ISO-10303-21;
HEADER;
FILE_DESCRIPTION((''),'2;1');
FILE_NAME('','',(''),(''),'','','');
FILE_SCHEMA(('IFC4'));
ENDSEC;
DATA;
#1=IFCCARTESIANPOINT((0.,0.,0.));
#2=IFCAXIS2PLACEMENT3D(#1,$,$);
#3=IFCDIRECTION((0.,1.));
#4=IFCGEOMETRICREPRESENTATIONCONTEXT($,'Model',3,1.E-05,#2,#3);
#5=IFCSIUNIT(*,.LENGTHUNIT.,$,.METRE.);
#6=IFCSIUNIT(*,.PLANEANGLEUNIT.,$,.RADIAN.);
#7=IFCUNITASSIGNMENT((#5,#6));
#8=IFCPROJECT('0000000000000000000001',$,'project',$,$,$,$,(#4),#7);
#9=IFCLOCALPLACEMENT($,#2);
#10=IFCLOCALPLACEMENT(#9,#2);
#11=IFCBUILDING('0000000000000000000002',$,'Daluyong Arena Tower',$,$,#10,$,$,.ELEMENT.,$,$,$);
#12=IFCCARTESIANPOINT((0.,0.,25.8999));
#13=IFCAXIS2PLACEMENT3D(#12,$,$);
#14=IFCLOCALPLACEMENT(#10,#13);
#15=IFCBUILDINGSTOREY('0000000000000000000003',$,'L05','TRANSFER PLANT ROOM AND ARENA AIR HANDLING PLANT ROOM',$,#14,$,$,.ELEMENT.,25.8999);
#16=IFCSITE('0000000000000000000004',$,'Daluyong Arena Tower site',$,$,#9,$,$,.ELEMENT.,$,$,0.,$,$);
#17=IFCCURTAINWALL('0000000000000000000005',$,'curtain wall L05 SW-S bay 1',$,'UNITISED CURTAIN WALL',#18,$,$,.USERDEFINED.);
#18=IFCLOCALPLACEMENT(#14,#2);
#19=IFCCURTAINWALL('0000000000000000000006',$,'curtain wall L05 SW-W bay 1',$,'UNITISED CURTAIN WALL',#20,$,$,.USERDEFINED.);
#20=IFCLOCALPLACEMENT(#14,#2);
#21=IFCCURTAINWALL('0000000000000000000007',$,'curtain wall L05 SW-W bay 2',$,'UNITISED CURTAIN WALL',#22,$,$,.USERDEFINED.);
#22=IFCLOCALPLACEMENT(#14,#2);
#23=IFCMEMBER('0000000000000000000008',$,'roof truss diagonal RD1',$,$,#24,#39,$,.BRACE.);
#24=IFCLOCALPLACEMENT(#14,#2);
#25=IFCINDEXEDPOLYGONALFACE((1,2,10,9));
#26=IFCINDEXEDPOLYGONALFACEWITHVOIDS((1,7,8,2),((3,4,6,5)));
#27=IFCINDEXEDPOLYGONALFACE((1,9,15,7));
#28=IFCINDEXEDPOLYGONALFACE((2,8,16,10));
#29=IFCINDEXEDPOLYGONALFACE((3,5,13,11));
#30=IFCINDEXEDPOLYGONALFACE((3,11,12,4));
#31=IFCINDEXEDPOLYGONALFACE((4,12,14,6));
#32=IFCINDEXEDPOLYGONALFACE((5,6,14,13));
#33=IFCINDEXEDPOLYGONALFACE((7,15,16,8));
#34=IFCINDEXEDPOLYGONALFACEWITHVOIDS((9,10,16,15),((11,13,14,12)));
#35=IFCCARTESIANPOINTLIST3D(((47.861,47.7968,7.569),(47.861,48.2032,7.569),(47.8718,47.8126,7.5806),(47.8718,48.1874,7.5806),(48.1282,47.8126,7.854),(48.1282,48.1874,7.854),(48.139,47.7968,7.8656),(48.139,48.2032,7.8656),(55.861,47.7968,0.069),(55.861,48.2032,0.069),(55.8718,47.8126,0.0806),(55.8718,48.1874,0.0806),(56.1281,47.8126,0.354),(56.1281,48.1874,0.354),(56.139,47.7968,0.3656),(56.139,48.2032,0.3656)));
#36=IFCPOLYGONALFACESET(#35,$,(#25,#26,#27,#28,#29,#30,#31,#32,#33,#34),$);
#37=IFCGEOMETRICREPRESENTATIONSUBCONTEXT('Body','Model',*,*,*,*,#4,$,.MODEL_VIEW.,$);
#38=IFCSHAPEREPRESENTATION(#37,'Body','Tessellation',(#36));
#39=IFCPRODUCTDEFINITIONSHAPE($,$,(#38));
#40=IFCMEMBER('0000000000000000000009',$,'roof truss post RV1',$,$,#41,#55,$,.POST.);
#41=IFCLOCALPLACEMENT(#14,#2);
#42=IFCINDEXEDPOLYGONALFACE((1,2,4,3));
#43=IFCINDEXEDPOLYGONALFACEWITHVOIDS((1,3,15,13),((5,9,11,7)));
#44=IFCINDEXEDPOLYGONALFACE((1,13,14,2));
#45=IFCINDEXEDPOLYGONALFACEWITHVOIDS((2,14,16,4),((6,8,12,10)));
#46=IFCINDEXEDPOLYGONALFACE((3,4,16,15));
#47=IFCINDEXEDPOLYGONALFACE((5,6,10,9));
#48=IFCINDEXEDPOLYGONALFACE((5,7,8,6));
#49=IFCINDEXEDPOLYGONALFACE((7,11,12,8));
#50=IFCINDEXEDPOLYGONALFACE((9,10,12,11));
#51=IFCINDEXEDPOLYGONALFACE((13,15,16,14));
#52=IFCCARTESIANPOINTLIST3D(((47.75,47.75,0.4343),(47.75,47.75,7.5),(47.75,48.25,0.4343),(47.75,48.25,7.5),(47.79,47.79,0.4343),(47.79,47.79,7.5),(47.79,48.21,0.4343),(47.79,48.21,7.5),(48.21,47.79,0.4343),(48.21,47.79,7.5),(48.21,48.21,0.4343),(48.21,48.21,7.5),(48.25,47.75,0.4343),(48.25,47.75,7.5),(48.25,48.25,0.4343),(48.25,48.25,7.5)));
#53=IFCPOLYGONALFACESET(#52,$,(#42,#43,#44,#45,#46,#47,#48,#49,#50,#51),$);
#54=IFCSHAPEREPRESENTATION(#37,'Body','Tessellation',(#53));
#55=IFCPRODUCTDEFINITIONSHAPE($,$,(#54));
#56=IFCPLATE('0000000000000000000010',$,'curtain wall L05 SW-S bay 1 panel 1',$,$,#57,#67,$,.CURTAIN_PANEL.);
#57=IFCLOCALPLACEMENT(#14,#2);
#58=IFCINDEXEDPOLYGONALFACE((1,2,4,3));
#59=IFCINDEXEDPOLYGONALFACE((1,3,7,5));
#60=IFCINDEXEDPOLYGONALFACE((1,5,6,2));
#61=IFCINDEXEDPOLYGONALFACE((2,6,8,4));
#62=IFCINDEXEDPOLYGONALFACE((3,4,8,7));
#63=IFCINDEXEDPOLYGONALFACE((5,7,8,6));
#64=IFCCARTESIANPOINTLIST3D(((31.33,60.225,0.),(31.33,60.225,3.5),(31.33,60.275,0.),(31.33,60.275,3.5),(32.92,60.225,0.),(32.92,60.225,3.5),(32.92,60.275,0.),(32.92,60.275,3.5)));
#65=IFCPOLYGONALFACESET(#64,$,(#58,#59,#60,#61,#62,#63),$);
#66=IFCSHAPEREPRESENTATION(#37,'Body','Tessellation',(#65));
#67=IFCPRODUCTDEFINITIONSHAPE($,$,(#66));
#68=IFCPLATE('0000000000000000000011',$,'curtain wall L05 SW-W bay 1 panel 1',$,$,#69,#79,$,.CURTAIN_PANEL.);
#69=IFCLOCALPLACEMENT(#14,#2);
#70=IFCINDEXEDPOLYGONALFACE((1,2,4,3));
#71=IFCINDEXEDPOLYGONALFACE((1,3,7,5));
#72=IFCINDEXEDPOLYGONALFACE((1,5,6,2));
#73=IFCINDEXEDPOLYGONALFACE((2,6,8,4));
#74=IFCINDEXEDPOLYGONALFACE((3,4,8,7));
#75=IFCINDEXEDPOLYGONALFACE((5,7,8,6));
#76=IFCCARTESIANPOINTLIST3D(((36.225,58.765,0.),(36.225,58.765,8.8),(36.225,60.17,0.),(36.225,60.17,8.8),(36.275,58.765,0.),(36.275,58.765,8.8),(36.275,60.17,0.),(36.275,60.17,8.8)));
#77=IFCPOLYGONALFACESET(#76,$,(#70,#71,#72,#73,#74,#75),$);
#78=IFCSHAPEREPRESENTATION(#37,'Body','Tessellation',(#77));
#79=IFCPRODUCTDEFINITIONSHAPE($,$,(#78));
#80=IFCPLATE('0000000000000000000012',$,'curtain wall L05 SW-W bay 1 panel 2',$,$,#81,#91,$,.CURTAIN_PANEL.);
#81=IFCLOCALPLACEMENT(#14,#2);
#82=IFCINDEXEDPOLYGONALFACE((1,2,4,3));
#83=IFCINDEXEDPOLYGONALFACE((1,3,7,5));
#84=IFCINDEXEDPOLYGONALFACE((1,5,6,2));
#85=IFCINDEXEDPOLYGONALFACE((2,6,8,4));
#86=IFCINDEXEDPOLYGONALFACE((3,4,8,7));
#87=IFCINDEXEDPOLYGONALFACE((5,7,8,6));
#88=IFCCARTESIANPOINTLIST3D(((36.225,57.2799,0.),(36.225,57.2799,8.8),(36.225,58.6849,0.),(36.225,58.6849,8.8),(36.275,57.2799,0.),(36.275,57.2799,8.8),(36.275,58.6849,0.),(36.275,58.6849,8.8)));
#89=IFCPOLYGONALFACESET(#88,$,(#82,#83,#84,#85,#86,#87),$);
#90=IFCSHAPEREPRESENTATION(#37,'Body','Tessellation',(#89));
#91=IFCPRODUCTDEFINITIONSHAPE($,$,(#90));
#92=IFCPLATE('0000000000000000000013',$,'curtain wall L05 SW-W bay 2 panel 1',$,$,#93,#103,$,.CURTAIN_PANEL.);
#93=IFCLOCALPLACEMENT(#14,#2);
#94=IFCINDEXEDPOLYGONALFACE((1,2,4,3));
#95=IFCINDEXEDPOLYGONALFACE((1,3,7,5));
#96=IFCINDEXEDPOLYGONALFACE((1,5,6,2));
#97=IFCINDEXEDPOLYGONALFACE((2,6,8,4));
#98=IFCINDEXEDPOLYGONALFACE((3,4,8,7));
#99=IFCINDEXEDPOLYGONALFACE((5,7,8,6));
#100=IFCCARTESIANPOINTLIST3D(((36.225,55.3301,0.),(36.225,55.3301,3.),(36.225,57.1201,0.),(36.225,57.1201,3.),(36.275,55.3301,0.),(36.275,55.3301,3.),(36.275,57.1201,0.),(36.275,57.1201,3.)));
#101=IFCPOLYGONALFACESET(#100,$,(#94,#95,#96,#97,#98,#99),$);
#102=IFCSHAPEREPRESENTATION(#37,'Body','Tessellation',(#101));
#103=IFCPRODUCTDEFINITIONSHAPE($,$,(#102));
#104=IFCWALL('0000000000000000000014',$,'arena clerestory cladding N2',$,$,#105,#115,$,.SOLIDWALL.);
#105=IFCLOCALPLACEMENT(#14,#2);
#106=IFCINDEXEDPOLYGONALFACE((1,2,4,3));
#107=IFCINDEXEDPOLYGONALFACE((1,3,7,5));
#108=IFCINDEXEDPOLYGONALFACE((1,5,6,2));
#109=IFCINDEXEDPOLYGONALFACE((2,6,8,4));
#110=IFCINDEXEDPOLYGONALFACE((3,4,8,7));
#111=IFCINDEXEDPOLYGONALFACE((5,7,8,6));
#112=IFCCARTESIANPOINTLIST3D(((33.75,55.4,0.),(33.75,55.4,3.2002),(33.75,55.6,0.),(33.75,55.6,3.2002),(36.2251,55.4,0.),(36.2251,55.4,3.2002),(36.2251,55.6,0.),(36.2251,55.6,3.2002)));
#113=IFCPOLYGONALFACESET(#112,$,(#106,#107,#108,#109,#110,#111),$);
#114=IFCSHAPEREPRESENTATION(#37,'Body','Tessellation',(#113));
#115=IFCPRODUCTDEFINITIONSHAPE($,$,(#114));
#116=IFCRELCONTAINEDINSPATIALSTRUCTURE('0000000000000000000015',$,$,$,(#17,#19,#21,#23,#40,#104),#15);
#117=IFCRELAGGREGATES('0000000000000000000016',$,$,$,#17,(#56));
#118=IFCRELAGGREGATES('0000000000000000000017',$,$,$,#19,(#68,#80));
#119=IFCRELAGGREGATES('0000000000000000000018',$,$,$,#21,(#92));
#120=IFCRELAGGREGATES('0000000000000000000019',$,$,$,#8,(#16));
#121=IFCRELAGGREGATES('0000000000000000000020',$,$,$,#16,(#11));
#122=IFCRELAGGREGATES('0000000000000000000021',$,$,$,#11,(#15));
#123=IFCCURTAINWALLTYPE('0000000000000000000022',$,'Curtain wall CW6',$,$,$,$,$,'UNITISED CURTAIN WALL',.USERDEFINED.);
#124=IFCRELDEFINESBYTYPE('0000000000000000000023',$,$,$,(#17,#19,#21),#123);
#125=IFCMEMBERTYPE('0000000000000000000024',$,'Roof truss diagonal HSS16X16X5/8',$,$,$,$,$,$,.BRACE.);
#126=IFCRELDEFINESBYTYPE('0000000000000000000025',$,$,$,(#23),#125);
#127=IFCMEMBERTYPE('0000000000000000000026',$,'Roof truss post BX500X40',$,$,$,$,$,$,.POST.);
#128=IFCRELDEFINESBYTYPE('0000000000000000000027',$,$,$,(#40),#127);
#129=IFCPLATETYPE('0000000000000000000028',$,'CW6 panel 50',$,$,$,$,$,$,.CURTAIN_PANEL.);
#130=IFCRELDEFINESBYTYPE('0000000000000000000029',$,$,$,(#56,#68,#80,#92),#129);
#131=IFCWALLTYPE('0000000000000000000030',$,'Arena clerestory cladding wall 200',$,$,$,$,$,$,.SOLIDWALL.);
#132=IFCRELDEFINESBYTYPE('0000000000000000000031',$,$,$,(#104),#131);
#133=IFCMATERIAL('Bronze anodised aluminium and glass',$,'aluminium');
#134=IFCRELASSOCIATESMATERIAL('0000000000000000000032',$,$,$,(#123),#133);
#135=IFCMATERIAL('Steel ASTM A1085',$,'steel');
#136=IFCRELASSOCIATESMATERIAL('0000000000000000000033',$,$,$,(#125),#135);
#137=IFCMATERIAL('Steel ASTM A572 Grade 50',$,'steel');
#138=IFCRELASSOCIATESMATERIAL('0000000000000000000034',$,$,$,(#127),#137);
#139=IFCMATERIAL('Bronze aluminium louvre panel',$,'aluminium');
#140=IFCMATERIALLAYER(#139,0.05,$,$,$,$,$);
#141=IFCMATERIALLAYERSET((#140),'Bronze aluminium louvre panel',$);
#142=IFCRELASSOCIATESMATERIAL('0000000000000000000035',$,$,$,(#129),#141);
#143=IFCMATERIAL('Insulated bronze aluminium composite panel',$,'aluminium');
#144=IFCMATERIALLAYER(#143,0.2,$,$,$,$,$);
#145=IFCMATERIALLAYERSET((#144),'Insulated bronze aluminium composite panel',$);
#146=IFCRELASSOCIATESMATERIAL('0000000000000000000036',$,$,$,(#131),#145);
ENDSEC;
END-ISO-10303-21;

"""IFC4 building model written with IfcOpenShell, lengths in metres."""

from ifc_helpers import new_model, si_unit, direction, frame, frame_2d, origin, origin_2d, place, context, subcontext, project, spatial, rectangle, hollow_rectangle, extrude, material, layer, layer_set, material_profile, profile_set, type_object, element, aggregate, save


model = new_model("IFC4")

# Units and contexts
model_context = context("Model", 3, precision=1e-05, world=origin(), true_north=direction((0.0, 1.0)))
body_context = subcontext(model_context, "Body", "Model", "MODEL_VIEW")
ifc_project = project(units=[si_unit("LENGTHUNIT", "METRE"), si_unit("PLANEANGLEUNIT", "RADIAN")], contexts=[model_context])

# Site, building, storey
site_placement = place(None, origin())
site = spatial("IfcSite", under=ifc_project, at=site_placement, Name="Daluyong Arena Tower site", CompositionType="ELEMENT", RefElevation=0.0)
building_placement = place(site_placement, origin())
building = spatial("IfcBuilding", under=site, at=building_placement, Name="Daluyong Arena Tower", CompositionType="ELEMENT")
storey_placement = place(building_placement, frame((0.0, 0.0, 25.8999)))
storey = spatial("IfcBuildingStorey", under=building, at=storey_placement, Name="L05", Description="TRANSFER PLANT ROOM AND ARENA AIR HANDLING PLANT ROOM", CompositionType="ELEMENT", Elevation=25.8999)

# Curtain wall
ifc_material_1 = material(Name="Bronze anodised aluminium and glass", Category="aluminium")
curtain_wall_type = type_object("IfcCurtainWallType", Name="Curtain wall CW6", ElementType="UNITISED CURTAIN WALL", PredefinedType="USERDEFINED", material=ifc_material_1)
curtain_wall_1_placement = place(storey_placement, origin())
curtain_wall_1 = element("IfcCurtainWall", 1, at=curtain_wall_1_placement, inside=storey, type_object=curtain_wall_type, Name="curtain wall L05 SW-S bay 1", ObjectType="UNITISED CURTAIN WALL", PredefinedType="USERDEFINED")

# Curtain walls
curtain_wall_2_placement = place(storey_placement, origin())
curtain_wall_2 = element("IfcCurtainWall", 2, at=curtain_wall_2_placement, inside=storey, type_object=curtain_wall_type, Name="curtain wall L05 SW-W bay 1", ObjectType="UNITISED CURTAIN WALL", PredefinedType="USERDEFINED")
curtain_wall_3_placement = place(storey_placement, origin())
curtain_wall_3 = element("IfcCurtainWall", 3, at=curtain_wall_3_placement, inside=storey, type_object=curtain_wall_type, Name="curtain wall L05 SW-W bay 2", ObjectType="UNITISED CURTAIN WALL", PredefinedType="USERDEFINED")

# Members
ifc_material_2 = material(Name="Steel ASTM A1085", Category="steel")
ifc_material_profile_1 = material_profile(ifc_material_2, hollow_rectangle(XDim=0.4065, YDim=0.4065, WallThickness=0.0159, at=origin_2d()))
ifc_profile_set_1 = profile_set([ifc_material_profile_1], Name="Steel ASTM A1085")
member_type_1 = type_object("IfcMemberType", Name="Roof truss diagonal HSS16X16X5/8", PredefinedType="BRACE", material=ifc_profile_set_1)
member_1_placement = place(storey_placement, frame((48.0, 48.0, 7.7173), z_axis=(0.729537, 0.0, -0.683941), x_axis=(0.0, 1.0, 0.0)))
element("IfcMember", 4, at=member_1_placement, inside=storey, type_object=member_type_1, Name="roof truss diagonal RD1", PredefinedType="BRACE", context=body_context, shape_type="SweptSolid", body=[
    extrude(hollow_rectangle(XDim=0.4065, YDim=0.4065, WallThickness=0.0159, at=origin_2d()), origin(), (0.0, 0.0, 1.0), 10.9658),
])
ifc_material_3 = material(Name="Steel ASTM A572 Grade 50", Category="steel")
ifc_material_profile_2 = material_profile(ifc_material_3, hollow_rectangle(XDim=0.5, YDim=0.5, WallThickness=0.04, at=origin_2d()))
ifc_profile_set_2 = profile_set([ifc_material_profile_2], Name="Steel ASTM A572 Grade 50")
member_type_2 = type_object("IfcMemberType", Name="Roof truss post BX500X40", PredefinedType="POST", material=ifc_profile_set_2)
member_2_placement = place(storey_placement, frame((48.0, 48.0, 0.4343), z_axis=(0.0, 0.0, 1.0), x_axis=(1.0, 0.0, 0.0)))
element("IfcMember", 5, at=member_2_placement, inside=storey, type_object=member_type_2, Name="roof truss post RV1", PredefinedType="POST", context=body_context, shape_type="SweptSolid", body=[
    extrude(hollow_rectangle(XDim=0.5, YDim=0.5, WallThickness=0.04, at=origin_2d()), origin(), (0.0, 0.0, 1.0), 7.0657),
])

# Plates
ifc_material_4 = material(Name="Bronze aluminium louvre panel", Category="aluminium")
ifc_layer_1 = layer(ifc_material_4, 0.05)
ifc_layer_set_1 = layer_set([ifc_layer_1], Name="Bronze aluminium louvre panel")
plate_type = type_object("IfcPlateType", Name="CW6 panel 50", PredefinedType="CURTAIN_PANEL", material=ifc_layer_set_1)
plate_1_placement = place(storey_placement, frame((32.125, 60.25, 0.0), z_axis=(0.0, 0.0, 1.0), x_axis=(1.0, 0.0, 0.0)))
plate_1 = element("IfcPlate", 6, at=plate_1_placement, type_object=plate_type, Name="curtain wall L05 SW-S bay 1 panel 1", PredefinedType="CURTAIN_PANEL", context=body_context, shape_type="SweptSolid", body=[
    extrude(rectangle(XDim=1.5901, YDim=0.05, at=origin_2d()), origin(), (0.0, 0.0, 1.0), 3.5),
])
aggregate(curtain_wall_1, [plate_1])
plate_2_placement = place(storey_placement, frame((36.25, 59.4675, 0.0), z_axis=(0.0, 0.0, 1.0), x_axis=(0.0, -1.0, 0.0)))
plate_2 = element("IfcPlate", 7, at=plate_2_placement, type_object=plate_type, Name="curtain wall L05 SW-W bay 1 panel 1", PredefinedType="CURTAIN_PANEL", context=body_context, shape_type="SweptSolid", body=[
    extrude(rectangle(XDim=1.405, YDim=0.05, at=origin_2d()), origin(), (0.0, 0.0, 1.0), 8.8),
])
plate_3_placement = place(storey_placement, frame((36.25, 57.9824, 0.0), z_axis=(0.0, 0.0, 1.0), x_axis=(0.0, -1.0, 0.0)))
plate_3 = element("IfcPlate", 8, at=plate_3_placement, type_object=plate_type, Name="curtain wall L05 SW-W bay 1 panel 2", PredefinedType="CURTAIN_PANEL", context=body_context, shape_type="SweptSolid", body=[
    extrude(rectangle(XDim=1.405, YDim=0.05, at=origin_2d()), origin(), (0.0, 0.0, 1.0), 8.8),
])
aggregate(curtain_wall_2, [plate_2, plate_3])
plate_4_placement = place(storey_placement, frame((36.25, 56.2251, 0.0), z_axis=(0.0, 0.0, 1.0), x_axis=(0.0, -1.0, 0.0)))
plate_4 = element("IfcPlate", 9, at=plate_4_placement, type_object=plate_type, Name="curtain wall L05 SW-W bay 2 panel 1", PredefinedType="CURTAIN_PANEL", context=body_context, shape_type="SweptSolid", body=[
    extrude(rectangle(XDim=1.79, YDim=0.05, at=origin_2d()), origin(), (0.0, 0.0, 1.0), 3.0),
])
aggregate(curtain_wall_3, [plate_4])

# Wall
ifc_material_5 = material(Name="Insulated bronze aluminium composite panel", Category="aluminium")
ifc_layer_2 = layer(ifc_material_5, 0.2)
ifc_layer_set_2 = layer_set([ifc_layer_2], Name="Insulated bronze aluminium composite panel")
wall_type = type_object("IfcWallType", Name="Arena clerestory cladding wall 200", PredefinedType="SOLIDWALL", material=ifc_layer_set_2)
wall_placement = place(storey_placement, frame((36.2251, 55.5, 0.0), z_axis=(0.0, 0.0, 1.0), x_axis=(-1.0, 0.0, 0.0)))
element("IfcWall", 10, at=wall_placement, inside=storey, type_object=wall_type, Name="arena clerestory cladding N2", PredefinedType="SOLIDWALL", context=body_context, shape_type="SweptSolid", body=[
    extrude(rectangle(XDim=2.4751, YDim=0.2, at=frame_2d((1.2375, 0.0))), origin(), (0.0, 0.0, 1.0), 3.2002),
])

save(model, "model.ifc")
